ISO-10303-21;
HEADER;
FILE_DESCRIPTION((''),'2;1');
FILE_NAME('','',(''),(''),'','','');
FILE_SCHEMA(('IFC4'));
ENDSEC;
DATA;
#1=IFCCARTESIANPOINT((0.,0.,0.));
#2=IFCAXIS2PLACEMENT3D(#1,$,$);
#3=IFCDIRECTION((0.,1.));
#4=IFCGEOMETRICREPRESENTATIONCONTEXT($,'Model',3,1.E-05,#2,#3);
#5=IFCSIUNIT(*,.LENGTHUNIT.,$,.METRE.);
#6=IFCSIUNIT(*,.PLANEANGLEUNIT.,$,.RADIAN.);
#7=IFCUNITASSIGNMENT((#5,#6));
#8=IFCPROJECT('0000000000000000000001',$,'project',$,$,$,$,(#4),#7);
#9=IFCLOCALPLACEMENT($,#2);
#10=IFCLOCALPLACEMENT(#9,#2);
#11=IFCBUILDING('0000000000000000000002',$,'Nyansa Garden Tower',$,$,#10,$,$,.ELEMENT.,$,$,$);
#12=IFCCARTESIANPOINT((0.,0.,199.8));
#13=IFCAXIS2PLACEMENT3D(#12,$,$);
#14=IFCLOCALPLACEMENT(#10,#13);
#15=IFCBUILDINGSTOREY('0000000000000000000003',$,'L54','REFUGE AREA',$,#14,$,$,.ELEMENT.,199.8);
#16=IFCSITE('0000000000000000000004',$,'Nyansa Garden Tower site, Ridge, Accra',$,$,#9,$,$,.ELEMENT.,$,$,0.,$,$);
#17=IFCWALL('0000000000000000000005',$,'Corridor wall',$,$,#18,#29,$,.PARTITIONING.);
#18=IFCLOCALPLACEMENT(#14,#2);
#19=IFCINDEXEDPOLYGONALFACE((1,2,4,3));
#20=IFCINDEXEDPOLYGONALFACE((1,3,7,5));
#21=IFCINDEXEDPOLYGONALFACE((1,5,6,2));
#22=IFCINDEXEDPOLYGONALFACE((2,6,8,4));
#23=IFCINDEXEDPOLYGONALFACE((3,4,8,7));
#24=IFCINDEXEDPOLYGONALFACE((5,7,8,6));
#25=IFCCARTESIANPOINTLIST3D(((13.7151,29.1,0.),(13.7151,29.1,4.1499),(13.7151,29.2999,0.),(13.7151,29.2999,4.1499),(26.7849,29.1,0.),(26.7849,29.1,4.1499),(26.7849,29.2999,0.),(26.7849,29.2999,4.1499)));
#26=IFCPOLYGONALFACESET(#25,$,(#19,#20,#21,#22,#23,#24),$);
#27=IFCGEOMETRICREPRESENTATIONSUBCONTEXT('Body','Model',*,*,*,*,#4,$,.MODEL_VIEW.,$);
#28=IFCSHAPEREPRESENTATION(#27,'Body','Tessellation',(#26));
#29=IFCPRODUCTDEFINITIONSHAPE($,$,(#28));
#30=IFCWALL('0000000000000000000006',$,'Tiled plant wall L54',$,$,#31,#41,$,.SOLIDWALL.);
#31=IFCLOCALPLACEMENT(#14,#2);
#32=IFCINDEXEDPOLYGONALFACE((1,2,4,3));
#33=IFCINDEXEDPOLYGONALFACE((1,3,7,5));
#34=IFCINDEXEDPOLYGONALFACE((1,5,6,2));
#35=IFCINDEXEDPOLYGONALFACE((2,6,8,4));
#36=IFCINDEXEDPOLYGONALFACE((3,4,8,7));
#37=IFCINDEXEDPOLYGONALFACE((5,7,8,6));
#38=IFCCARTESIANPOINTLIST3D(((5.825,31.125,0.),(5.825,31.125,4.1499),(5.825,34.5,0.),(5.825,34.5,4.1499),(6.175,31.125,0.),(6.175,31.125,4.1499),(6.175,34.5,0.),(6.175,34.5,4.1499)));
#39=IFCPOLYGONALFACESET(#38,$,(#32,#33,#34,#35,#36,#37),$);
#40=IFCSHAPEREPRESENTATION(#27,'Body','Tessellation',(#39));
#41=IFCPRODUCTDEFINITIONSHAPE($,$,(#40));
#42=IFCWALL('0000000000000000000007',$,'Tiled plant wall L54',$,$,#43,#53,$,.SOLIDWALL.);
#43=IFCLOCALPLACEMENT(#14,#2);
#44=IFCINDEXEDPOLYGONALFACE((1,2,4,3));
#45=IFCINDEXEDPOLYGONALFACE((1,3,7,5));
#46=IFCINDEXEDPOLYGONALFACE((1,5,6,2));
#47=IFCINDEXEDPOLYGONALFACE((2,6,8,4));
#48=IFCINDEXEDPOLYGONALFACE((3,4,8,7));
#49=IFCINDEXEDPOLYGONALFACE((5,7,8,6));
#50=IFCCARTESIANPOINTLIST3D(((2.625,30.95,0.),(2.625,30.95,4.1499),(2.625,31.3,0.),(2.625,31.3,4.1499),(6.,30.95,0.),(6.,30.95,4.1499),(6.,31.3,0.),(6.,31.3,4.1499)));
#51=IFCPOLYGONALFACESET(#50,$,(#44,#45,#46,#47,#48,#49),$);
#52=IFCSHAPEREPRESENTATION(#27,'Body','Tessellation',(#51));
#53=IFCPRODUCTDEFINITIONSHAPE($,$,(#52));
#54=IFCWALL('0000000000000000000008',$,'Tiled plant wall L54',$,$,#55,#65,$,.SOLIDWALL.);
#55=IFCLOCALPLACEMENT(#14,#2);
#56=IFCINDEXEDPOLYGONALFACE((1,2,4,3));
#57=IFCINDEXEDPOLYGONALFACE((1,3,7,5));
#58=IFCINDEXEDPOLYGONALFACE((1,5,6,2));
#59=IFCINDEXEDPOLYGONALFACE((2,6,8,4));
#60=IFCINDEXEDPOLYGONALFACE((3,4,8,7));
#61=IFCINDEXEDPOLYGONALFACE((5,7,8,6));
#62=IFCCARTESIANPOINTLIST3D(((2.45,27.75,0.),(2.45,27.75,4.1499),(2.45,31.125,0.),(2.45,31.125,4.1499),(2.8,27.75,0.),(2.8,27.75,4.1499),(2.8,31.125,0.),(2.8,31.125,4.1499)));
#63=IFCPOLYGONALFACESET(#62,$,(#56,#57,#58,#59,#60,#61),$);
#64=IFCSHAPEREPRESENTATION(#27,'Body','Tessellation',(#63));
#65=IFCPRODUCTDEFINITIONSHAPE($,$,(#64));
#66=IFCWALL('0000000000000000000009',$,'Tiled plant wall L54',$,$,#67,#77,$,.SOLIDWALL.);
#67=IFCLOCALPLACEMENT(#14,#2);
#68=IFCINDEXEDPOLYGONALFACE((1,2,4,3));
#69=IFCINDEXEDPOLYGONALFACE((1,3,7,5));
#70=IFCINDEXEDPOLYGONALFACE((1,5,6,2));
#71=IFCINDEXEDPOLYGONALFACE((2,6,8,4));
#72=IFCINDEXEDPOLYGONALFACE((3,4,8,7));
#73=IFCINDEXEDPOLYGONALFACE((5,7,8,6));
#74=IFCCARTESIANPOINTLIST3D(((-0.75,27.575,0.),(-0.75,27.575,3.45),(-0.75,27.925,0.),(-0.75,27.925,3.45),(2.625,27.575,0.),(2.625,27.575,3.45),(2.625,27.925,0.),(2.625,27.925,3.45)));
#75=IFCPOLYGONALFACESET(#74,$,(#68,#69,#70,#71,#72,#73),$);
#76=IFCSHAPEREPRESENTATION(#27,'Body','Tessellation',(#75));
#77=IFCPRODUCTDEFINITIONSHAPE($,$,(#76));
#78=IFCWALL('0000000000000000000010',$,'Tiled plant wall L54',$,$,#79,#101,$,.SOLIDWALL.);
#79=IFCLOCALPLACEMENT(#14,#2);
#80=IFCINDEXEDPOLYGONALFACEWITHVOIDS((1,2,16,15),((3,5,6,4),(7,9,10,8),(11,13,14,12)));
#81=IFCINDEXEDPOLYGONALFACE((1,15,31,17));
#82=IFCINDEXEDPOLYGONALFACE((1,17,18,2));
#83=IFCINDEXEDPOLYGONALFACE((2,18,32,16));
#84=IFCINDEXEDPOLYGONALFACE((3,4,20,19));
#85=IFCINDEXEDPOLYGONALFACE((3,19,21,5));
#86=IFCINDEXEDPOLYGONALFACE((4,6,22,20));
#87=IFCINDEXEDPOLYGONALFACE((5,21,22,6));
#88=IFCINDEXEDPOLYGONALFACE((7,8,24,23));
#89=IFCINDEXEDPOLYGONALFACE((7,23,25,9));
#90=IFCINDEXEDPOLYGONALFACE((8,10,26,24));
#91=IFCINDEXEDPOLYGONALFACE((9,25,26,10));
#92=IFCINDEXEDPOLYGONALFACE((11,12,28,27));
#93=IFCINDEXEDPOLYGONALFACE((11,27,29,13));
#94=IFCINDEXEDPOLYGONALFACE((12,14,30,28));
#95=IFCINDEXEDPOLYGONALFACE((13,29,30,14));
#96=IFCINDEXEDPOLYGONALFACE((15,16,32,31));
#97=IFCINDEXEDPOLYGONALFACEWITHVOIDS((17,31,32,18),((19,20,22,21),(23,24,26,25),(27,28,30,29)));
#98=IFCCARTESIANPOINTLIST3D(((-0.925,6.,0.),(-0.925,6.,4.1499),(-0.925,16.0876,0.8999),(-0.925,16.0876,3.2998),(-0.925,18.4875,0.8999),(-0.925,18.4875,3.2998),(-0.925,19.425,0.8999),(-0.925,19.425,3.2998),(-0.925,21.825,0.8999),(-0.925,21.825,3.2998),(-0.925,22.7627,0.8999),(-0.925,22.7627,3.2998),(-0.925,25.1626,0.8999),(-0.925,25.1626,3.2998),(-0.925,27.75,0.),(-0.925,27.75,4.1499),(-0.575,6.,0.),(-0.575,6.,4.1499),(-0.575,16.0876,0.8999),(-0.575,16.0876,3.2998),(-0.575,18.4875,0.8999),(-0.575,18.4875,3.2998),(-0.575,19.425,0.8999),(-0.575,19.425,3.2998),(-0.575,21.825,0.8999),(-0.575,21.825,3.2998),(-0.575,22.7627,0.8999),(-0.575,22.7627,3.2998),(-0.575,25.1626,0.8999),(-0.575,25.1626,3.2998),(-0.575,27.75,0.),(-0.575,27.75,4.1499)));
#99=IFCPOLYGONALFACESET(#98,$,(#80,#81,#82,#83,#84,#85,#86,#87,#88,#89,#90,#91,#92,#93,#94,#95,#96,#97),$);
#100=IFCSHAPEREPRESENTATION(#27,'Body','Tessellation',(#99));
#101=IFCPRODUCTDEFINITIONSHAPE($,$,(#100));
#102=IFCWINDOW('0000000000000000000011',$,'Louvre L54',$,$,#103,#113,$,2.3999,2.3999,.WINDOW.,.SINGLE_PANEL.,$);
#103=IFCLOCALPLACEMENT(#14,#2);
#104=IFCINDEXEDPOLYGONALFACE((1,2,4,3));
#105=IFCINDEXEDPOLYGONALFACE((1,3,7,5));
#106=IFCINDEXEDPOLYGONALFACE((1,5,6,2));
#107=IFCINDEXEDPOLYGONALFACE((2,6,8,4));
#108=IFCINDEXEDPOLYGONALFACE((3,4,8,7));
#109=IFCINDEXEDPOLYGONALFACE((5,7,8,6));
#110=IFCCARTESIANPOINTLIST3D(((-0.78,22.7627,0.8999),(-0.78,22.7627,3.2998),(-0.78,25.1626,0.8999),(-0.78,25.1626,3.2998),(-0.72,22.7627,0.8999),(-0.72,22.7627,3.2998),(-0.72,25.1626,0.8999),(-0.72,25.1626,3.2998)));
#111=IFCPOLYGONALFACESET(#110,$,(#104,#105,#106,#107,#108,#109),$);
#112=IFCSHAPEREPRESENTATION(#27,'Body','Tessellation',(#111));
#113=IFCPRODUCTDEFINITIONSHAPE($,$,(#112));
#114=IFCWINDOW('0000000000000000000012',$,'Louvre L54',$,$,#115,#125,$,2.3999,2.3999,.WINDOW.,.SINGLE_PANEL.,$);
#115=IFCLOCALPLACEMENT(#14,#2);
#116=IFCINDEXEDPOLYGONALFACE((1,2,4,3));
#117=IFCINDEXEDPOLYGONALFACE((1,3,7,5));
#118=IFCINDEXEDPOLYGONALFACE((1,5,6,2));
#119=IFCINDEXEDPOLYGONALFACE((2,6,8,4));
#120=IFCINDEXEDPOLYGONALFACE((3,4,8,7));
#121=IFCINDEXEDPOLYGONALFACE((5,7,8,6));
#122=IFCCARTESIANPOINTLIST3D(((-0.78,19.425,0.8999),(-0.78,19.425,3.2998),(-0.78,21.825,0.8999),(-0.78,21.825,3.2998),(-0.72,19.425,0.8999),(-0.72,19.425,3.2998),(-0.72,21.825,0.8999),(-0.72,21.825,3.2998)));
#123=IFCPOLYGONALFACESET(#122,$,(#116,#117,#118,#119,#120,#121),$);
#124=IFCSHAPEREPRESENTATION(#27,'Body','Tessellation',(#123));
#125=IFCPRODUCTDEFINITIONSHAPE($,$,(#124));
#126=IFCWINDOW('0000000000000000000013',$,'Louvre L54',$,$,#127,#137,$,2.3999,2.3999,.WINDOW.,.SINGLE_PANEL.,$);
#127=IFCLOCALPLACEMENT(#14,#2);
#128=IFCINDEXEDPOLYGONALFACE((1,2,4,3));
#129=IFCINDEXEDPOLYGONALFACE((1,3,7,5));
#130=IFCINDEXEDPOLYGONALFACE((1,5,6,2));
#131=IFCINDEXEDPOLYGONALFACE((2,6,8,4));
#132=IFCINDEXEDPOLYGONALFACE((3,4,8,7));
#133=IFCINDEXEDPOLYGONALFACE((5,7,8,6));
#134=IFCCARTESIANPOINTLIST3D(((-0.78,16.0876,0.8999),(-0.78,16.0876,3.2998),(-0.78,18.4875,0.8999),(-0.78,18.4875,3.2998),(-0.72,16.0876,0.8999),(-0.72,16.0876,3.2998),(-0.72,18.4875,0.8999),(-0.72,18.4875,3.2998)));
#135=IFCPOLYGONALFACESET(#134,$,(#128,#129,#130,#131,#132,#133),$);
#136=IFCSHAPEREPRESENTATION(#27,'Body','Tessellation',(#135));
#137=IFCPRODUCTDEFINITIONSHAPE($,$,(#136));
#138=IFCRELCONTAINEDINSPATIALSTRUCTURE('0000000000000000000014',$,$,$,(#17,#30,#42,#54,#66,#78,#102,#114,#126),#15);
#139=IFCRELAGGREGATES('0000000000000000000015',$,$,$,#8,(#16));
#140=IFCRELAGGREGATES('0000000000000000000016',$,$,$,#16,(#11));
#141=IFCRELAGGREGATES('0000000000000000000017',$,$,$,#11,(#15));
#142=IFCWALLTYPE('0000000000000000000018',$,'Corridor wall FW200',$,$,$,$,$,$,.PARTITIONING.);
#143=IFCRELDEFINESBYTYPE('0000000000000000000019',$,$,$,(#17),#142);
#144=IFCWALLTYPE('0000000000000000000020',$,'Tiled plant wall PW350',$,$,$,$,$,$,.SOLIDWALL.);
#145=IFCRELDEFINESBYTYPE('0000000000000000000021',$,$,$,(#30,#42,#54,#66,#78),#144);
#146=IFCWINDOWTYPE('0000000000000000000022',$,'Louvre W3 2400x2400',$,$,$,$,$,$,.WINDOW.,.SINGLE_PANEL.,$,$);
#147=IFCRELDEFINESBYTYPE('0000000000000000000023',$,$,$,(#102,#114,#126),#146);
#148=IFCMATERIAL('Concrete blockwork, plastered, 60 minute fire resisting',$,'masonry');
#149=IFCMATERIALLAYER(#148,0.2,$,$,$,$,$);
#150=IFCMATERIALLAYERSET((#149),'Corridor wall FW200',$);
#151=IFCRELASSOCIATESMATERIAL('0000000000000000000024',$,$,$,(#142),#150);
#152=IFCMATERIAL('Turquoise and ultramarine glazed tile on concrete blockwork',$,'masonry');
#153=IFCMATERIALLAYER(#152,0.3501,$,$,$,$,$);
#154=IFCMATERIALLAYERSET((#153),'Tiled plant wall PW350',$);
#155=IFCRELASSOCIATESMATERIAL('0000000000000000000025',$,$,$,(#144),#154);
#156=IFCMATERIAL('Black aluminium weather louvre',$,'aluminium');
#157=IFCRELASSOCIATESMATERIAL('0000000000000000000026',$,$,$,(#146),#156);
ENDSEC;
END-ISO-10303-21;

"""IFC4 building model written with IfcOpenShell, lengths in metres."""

from ifc_helpers import new_model, si_unit, direction, frame, frame_2d, origin, place, context, subcontext, project, spatial, rectangle, extrude, material, layer, layer_set, type_object, element, fill, save


model = new_model("IFC4")

# Units and contexts
model_context = context("Model", 3, precision=1e-05, world=origin(), true_north=direction((0.0, 1.0)))
body_context = subcontext(model_context, "Body", "Model", "MODEL_VIEW")
ifc_project = project(units=[si_unit("LENGTHUNIT", "METRE"), si_unit("PLANEANGLEUNIT", "RADIAN")], contexts=[model_context])

# Site, building, storey
site_placement = place(None, origin())
site = spatial("IfcSite", under=ifc_project, at=site_placement, Name="Nyansa Garden Tower site, Ridge, Accra", CompositionType="ELEMENT", RefElevation=0.0)
building_placement = place(site_placement, origin())
building = spatial("IfcBuilding", under=site, at=building_placement, Name="Nyansa Garden Tower", CompositionType="ELEMENT")
storey_placement = place(building_placement, frame((0.0, 0.0, 199.8)))
storey = spatial("IfcBuildingStorey", under=building, at=storey_placement, Name="L54", Description="REFUGE AREA", CompositionType="ELEMENT", Elevation=199.8)

# Walls
ifc_material_1 = material(Name="Concrete blockwork, plastered, 60 minute fire resisting", Category="masonry")
ifc_layer_1 = layer(ifc_material_1, 0.2)
ifc_layer_set_1 = layer_set([ifc_layer_1], Name="Corridor wall FW200")
wall_type_1 = type_object("IfcWallType", Name="Corridor wall FW200", PredefinedType="PARTITIONING", material=ifc_layer_set_1)
wall_1_placement = place(storey_placement, frame((13.7151, 29.2, 0.0), z_axis=(0.0, 0.0, 1.0), x_axis=(1.0, 0.0, 0.0)))
element("IfcWall", 1, at=wall_1_placement, inside=storey, type_object=wall_type_1, Name="Corridor wall", PredefinedType="PARTITIONING", context=body_context, shape_type="SweptSolid", body=[
    extrude(rectangle(XDim=13.0698, YDim=0.2, at=frame_2d((6.5349, 0.0))), origin(), (0.0, 0.0, 1.0), 4.1499),
])
ifc_material_2 = material(Name="Turquoise and ultramarine glazed tile on concrete blockwork", Category="masonry")
ifc_layer_2 = layer(ifc_material_2, 0.3501)
ifc_layer_set_2 = layer_set([ifc_layer_2], Name="Tiled plant wall PW350")
wall_type_2 = type_object("IfcWallType", Name="Tiled plant wall PW350", PredefinedType="SOLIDWALL", material=ifc_layer_set_2)
for number, where, z_axis, x_axis, name in (
    (2, (6.0, 34.5, 0.0), (0.0, 0.0, 1.0), (0.0, -1.0, 0.0), "Tiled plant wall L54"),
    (3, (6.0, 31.125, 0.0), (0.0, 0.0, 1.0), (-1.0, 0.0, 0.0), "Tiled plant wall L54"),
    (4, (2.625, 31.125, 0.0), (0.0, 0.0, 1.0), (0.0, -1.0, 0.0), "Tiled plant wall L54"),
):
    element("IfcWall", number, at=place(storey_placement, frame(where, z_axis=z_axis, x_axis=x_axis)), inside=storey, type_object=wall_type_2, Name=name, PredefinedType="SOLIDWALL", context=body_context, shape_type="SweptSolid", body=[
        extrude(rectangle(XDim=3.375, YDim=0.3501, at=frame_2d((1.6875, 0.0))), origin(), (0.0, 0.0, 1.0), 4.1499),
    ])
wall_2_placement = place(storey_placement, frame((2.625, 27.75, 0.0), z_axis=(0.0, 0.0, 1.0), x_axis=(-1.0, 0.0, 0.0)))
element("IfcWall", 5, at=wall_2_placement, inside=storey, type_object=wall_type_2, Name="Tiled plant wall L54", PredefinedType="SOLIDWALL", context=body_context, shape_type="SweptSolid", body=[
    extrude(rectangle(XDim=3.375, YDim=0.3501, at=frame_2d((1.6875, 0.0))), origin(), (0.0, 0.0, 1.0), 3.45),
])

# Wall, openings, windows
wall_3_placement = place(storey_placement, frame((-0.75, 27.75, 0.0), z_axis=(0.0, 0.0, 1.0), x_axis=(0.0, -1.0, 0.0)))
wall_3 = element("IfcWall", 6, at=wall_3_placement, inside=storey, type_object=wall_type_2, Name="Tiled plant wall L54", PredefinedType="SOLIDWALL", context=body_context, shape_type="SweptSolid", body=[
    extrude(rectangle(XDim=21.75, YDim=0.3501, at=frame_2d((10.875, 0.0))), origin(), (0.0, 0.0, 1.0), 4.1499),
])
opening_1_placement = place(wall_3_placement, frame((2.5874, 0.0, 0.8999)))
opening_1 = element("IfcOpeningElement", 7, at=opening_1_placement, cuts=wall_3, PredefinedType="OPENING", context=body_context, shape_type="SweptSolid", body=[
    extrude(rectangle(XDim=2.3999, YDim=2.3999, at=frame_2d((1.2, 1.2))), frame((0.0, 0.1851, 0.0), z_axis=(0.0, -1.0, 0.0), x_axis=(1.0, 0.0, 0.0)), (0.0, 0.0, 1.0), 0.3701),
])
opening_2_placement = place(wall_3_placement, frame((5.925, 0.0, 0.8999)))
opening_2 = element("IfcOpeningElement", 8, at=opening_2_placement, cuts=wall_3, PredefinedType="OPENING", context=body_context, shape_type="SweptSolid", body=[
    extrude(rectangle(XDim=2.3999, YDim=2.3999, at=frame_2d((1.2, 1.2))), frame((0.0, 0.1851, 0.0), z_axis=(0.0, -1.0, 0.0), x_axis=(1.0, 0.0, 0.0)), (0.0, 0.0, 1.0), 0.3701),
])
opening_3_placement = place(wall_3_placement, frame((9.2625, 0.0, 0.8999)))
opening_3 = element("IfcOpeningElement", 9, at=opening_3_placement, cuts=wall_3, PredefinedType="OPENING", context=body_context, shape_type="SweptSolid", body=[
    extrude(rectangle(XDim=2.3999, YDim=2.3999, at=frame_2d((1.2, 1.2))), frame((0.0, 0.1851, 0.0), z_axis=(0.0, -1.0, 0.0), x_axis=(1.0, 0.0, 0.0)), (0.0, 0.0, 1.0), 0.3701),
])
ifc_material_3 = material(Name="Black aluminium weather louvre", Category="aluminium")
window_type = type_object("IfcWindowType", Name="Louvre W3 2400x2400", PartitioningType="SINGLE_PANEL", PredefinedType="WINDOW", material=ifc_material_3)
window_1_placement = place(opening_1_placement, origin())
window_1 = element("IfcWindow", 10, at=window_1_placement, inside=storey, type_object=window_type, Name="Louvre L54", OverallHeight=2.3999, OverallWidth=2.3999, PartitioningType="SINGLE_PANEL", PredefinedType="WINDOW", context=body_context, shape_type="SweptSolid", body=[
    extrude(rectangle(XDim=2.3999, YDim=2.3999, at=frame_2d((1.2, 1.2))), frame((0.0, 0.03, 0.0), z_axis=(0.0, -1.0, 0.0), x_axis=(1.0, 0.0, 0.0)), (0.0, 0.0, 1.0), 0.0601),
])
fill(opening_1, window_1)
window_2_placement = place(opening_2_placement, origin())
window_2 = element("IfcWindow", 11, at=window_2_placement, inside=storey, type_object=window_type, Name="Louvre L54", OverallHeight=2.3999, OverallWidth=2.3999, PartitioningType="SINGLE_PANEL", PredefinedType="WINDOW", context=body_context, shape_type="SweptSolid", body=[
    extrude(rectangle(XDim=2.3999, YDim=2.3999, at=frame_2d((1.2, 1.2))), frame((0.0, 0.03, 0.0), z_axis=(0.0, -1.0, 0.0), x_axis=(1.0, 0.0, 0.0)), (0.0, 0.0, 1.0), 0.0601),
])
fill(opening_2, window_2)
window_3_placement = place(opening_3_placement, origin())
window_3 = element("IfcWindow", 12, at=window_3_placement, inside=storey, type_object=window_type, Name="Louvre L54", OverallHeight=2.3999, OverallWidth=2.3999, PartitioningType="SINGLE_PANEL", PredefinedType="WINDOW", context=body_context, shape_type="SweptSolid", body=[
    extrude(rectangle(XDim=2.3999, YDim=2.3999, at=frame_2d((1.2, 1.2))), frame((0.0, 0.03, 0.0), z_axis=(0.0, -1.0, 0.0), x_axis=(1.0, 0.0, 0.0)), (0.0, 0.0, 1.0), 0.0601),
])
fill(opening_3, window_3)

save(model, "model.ifc")
